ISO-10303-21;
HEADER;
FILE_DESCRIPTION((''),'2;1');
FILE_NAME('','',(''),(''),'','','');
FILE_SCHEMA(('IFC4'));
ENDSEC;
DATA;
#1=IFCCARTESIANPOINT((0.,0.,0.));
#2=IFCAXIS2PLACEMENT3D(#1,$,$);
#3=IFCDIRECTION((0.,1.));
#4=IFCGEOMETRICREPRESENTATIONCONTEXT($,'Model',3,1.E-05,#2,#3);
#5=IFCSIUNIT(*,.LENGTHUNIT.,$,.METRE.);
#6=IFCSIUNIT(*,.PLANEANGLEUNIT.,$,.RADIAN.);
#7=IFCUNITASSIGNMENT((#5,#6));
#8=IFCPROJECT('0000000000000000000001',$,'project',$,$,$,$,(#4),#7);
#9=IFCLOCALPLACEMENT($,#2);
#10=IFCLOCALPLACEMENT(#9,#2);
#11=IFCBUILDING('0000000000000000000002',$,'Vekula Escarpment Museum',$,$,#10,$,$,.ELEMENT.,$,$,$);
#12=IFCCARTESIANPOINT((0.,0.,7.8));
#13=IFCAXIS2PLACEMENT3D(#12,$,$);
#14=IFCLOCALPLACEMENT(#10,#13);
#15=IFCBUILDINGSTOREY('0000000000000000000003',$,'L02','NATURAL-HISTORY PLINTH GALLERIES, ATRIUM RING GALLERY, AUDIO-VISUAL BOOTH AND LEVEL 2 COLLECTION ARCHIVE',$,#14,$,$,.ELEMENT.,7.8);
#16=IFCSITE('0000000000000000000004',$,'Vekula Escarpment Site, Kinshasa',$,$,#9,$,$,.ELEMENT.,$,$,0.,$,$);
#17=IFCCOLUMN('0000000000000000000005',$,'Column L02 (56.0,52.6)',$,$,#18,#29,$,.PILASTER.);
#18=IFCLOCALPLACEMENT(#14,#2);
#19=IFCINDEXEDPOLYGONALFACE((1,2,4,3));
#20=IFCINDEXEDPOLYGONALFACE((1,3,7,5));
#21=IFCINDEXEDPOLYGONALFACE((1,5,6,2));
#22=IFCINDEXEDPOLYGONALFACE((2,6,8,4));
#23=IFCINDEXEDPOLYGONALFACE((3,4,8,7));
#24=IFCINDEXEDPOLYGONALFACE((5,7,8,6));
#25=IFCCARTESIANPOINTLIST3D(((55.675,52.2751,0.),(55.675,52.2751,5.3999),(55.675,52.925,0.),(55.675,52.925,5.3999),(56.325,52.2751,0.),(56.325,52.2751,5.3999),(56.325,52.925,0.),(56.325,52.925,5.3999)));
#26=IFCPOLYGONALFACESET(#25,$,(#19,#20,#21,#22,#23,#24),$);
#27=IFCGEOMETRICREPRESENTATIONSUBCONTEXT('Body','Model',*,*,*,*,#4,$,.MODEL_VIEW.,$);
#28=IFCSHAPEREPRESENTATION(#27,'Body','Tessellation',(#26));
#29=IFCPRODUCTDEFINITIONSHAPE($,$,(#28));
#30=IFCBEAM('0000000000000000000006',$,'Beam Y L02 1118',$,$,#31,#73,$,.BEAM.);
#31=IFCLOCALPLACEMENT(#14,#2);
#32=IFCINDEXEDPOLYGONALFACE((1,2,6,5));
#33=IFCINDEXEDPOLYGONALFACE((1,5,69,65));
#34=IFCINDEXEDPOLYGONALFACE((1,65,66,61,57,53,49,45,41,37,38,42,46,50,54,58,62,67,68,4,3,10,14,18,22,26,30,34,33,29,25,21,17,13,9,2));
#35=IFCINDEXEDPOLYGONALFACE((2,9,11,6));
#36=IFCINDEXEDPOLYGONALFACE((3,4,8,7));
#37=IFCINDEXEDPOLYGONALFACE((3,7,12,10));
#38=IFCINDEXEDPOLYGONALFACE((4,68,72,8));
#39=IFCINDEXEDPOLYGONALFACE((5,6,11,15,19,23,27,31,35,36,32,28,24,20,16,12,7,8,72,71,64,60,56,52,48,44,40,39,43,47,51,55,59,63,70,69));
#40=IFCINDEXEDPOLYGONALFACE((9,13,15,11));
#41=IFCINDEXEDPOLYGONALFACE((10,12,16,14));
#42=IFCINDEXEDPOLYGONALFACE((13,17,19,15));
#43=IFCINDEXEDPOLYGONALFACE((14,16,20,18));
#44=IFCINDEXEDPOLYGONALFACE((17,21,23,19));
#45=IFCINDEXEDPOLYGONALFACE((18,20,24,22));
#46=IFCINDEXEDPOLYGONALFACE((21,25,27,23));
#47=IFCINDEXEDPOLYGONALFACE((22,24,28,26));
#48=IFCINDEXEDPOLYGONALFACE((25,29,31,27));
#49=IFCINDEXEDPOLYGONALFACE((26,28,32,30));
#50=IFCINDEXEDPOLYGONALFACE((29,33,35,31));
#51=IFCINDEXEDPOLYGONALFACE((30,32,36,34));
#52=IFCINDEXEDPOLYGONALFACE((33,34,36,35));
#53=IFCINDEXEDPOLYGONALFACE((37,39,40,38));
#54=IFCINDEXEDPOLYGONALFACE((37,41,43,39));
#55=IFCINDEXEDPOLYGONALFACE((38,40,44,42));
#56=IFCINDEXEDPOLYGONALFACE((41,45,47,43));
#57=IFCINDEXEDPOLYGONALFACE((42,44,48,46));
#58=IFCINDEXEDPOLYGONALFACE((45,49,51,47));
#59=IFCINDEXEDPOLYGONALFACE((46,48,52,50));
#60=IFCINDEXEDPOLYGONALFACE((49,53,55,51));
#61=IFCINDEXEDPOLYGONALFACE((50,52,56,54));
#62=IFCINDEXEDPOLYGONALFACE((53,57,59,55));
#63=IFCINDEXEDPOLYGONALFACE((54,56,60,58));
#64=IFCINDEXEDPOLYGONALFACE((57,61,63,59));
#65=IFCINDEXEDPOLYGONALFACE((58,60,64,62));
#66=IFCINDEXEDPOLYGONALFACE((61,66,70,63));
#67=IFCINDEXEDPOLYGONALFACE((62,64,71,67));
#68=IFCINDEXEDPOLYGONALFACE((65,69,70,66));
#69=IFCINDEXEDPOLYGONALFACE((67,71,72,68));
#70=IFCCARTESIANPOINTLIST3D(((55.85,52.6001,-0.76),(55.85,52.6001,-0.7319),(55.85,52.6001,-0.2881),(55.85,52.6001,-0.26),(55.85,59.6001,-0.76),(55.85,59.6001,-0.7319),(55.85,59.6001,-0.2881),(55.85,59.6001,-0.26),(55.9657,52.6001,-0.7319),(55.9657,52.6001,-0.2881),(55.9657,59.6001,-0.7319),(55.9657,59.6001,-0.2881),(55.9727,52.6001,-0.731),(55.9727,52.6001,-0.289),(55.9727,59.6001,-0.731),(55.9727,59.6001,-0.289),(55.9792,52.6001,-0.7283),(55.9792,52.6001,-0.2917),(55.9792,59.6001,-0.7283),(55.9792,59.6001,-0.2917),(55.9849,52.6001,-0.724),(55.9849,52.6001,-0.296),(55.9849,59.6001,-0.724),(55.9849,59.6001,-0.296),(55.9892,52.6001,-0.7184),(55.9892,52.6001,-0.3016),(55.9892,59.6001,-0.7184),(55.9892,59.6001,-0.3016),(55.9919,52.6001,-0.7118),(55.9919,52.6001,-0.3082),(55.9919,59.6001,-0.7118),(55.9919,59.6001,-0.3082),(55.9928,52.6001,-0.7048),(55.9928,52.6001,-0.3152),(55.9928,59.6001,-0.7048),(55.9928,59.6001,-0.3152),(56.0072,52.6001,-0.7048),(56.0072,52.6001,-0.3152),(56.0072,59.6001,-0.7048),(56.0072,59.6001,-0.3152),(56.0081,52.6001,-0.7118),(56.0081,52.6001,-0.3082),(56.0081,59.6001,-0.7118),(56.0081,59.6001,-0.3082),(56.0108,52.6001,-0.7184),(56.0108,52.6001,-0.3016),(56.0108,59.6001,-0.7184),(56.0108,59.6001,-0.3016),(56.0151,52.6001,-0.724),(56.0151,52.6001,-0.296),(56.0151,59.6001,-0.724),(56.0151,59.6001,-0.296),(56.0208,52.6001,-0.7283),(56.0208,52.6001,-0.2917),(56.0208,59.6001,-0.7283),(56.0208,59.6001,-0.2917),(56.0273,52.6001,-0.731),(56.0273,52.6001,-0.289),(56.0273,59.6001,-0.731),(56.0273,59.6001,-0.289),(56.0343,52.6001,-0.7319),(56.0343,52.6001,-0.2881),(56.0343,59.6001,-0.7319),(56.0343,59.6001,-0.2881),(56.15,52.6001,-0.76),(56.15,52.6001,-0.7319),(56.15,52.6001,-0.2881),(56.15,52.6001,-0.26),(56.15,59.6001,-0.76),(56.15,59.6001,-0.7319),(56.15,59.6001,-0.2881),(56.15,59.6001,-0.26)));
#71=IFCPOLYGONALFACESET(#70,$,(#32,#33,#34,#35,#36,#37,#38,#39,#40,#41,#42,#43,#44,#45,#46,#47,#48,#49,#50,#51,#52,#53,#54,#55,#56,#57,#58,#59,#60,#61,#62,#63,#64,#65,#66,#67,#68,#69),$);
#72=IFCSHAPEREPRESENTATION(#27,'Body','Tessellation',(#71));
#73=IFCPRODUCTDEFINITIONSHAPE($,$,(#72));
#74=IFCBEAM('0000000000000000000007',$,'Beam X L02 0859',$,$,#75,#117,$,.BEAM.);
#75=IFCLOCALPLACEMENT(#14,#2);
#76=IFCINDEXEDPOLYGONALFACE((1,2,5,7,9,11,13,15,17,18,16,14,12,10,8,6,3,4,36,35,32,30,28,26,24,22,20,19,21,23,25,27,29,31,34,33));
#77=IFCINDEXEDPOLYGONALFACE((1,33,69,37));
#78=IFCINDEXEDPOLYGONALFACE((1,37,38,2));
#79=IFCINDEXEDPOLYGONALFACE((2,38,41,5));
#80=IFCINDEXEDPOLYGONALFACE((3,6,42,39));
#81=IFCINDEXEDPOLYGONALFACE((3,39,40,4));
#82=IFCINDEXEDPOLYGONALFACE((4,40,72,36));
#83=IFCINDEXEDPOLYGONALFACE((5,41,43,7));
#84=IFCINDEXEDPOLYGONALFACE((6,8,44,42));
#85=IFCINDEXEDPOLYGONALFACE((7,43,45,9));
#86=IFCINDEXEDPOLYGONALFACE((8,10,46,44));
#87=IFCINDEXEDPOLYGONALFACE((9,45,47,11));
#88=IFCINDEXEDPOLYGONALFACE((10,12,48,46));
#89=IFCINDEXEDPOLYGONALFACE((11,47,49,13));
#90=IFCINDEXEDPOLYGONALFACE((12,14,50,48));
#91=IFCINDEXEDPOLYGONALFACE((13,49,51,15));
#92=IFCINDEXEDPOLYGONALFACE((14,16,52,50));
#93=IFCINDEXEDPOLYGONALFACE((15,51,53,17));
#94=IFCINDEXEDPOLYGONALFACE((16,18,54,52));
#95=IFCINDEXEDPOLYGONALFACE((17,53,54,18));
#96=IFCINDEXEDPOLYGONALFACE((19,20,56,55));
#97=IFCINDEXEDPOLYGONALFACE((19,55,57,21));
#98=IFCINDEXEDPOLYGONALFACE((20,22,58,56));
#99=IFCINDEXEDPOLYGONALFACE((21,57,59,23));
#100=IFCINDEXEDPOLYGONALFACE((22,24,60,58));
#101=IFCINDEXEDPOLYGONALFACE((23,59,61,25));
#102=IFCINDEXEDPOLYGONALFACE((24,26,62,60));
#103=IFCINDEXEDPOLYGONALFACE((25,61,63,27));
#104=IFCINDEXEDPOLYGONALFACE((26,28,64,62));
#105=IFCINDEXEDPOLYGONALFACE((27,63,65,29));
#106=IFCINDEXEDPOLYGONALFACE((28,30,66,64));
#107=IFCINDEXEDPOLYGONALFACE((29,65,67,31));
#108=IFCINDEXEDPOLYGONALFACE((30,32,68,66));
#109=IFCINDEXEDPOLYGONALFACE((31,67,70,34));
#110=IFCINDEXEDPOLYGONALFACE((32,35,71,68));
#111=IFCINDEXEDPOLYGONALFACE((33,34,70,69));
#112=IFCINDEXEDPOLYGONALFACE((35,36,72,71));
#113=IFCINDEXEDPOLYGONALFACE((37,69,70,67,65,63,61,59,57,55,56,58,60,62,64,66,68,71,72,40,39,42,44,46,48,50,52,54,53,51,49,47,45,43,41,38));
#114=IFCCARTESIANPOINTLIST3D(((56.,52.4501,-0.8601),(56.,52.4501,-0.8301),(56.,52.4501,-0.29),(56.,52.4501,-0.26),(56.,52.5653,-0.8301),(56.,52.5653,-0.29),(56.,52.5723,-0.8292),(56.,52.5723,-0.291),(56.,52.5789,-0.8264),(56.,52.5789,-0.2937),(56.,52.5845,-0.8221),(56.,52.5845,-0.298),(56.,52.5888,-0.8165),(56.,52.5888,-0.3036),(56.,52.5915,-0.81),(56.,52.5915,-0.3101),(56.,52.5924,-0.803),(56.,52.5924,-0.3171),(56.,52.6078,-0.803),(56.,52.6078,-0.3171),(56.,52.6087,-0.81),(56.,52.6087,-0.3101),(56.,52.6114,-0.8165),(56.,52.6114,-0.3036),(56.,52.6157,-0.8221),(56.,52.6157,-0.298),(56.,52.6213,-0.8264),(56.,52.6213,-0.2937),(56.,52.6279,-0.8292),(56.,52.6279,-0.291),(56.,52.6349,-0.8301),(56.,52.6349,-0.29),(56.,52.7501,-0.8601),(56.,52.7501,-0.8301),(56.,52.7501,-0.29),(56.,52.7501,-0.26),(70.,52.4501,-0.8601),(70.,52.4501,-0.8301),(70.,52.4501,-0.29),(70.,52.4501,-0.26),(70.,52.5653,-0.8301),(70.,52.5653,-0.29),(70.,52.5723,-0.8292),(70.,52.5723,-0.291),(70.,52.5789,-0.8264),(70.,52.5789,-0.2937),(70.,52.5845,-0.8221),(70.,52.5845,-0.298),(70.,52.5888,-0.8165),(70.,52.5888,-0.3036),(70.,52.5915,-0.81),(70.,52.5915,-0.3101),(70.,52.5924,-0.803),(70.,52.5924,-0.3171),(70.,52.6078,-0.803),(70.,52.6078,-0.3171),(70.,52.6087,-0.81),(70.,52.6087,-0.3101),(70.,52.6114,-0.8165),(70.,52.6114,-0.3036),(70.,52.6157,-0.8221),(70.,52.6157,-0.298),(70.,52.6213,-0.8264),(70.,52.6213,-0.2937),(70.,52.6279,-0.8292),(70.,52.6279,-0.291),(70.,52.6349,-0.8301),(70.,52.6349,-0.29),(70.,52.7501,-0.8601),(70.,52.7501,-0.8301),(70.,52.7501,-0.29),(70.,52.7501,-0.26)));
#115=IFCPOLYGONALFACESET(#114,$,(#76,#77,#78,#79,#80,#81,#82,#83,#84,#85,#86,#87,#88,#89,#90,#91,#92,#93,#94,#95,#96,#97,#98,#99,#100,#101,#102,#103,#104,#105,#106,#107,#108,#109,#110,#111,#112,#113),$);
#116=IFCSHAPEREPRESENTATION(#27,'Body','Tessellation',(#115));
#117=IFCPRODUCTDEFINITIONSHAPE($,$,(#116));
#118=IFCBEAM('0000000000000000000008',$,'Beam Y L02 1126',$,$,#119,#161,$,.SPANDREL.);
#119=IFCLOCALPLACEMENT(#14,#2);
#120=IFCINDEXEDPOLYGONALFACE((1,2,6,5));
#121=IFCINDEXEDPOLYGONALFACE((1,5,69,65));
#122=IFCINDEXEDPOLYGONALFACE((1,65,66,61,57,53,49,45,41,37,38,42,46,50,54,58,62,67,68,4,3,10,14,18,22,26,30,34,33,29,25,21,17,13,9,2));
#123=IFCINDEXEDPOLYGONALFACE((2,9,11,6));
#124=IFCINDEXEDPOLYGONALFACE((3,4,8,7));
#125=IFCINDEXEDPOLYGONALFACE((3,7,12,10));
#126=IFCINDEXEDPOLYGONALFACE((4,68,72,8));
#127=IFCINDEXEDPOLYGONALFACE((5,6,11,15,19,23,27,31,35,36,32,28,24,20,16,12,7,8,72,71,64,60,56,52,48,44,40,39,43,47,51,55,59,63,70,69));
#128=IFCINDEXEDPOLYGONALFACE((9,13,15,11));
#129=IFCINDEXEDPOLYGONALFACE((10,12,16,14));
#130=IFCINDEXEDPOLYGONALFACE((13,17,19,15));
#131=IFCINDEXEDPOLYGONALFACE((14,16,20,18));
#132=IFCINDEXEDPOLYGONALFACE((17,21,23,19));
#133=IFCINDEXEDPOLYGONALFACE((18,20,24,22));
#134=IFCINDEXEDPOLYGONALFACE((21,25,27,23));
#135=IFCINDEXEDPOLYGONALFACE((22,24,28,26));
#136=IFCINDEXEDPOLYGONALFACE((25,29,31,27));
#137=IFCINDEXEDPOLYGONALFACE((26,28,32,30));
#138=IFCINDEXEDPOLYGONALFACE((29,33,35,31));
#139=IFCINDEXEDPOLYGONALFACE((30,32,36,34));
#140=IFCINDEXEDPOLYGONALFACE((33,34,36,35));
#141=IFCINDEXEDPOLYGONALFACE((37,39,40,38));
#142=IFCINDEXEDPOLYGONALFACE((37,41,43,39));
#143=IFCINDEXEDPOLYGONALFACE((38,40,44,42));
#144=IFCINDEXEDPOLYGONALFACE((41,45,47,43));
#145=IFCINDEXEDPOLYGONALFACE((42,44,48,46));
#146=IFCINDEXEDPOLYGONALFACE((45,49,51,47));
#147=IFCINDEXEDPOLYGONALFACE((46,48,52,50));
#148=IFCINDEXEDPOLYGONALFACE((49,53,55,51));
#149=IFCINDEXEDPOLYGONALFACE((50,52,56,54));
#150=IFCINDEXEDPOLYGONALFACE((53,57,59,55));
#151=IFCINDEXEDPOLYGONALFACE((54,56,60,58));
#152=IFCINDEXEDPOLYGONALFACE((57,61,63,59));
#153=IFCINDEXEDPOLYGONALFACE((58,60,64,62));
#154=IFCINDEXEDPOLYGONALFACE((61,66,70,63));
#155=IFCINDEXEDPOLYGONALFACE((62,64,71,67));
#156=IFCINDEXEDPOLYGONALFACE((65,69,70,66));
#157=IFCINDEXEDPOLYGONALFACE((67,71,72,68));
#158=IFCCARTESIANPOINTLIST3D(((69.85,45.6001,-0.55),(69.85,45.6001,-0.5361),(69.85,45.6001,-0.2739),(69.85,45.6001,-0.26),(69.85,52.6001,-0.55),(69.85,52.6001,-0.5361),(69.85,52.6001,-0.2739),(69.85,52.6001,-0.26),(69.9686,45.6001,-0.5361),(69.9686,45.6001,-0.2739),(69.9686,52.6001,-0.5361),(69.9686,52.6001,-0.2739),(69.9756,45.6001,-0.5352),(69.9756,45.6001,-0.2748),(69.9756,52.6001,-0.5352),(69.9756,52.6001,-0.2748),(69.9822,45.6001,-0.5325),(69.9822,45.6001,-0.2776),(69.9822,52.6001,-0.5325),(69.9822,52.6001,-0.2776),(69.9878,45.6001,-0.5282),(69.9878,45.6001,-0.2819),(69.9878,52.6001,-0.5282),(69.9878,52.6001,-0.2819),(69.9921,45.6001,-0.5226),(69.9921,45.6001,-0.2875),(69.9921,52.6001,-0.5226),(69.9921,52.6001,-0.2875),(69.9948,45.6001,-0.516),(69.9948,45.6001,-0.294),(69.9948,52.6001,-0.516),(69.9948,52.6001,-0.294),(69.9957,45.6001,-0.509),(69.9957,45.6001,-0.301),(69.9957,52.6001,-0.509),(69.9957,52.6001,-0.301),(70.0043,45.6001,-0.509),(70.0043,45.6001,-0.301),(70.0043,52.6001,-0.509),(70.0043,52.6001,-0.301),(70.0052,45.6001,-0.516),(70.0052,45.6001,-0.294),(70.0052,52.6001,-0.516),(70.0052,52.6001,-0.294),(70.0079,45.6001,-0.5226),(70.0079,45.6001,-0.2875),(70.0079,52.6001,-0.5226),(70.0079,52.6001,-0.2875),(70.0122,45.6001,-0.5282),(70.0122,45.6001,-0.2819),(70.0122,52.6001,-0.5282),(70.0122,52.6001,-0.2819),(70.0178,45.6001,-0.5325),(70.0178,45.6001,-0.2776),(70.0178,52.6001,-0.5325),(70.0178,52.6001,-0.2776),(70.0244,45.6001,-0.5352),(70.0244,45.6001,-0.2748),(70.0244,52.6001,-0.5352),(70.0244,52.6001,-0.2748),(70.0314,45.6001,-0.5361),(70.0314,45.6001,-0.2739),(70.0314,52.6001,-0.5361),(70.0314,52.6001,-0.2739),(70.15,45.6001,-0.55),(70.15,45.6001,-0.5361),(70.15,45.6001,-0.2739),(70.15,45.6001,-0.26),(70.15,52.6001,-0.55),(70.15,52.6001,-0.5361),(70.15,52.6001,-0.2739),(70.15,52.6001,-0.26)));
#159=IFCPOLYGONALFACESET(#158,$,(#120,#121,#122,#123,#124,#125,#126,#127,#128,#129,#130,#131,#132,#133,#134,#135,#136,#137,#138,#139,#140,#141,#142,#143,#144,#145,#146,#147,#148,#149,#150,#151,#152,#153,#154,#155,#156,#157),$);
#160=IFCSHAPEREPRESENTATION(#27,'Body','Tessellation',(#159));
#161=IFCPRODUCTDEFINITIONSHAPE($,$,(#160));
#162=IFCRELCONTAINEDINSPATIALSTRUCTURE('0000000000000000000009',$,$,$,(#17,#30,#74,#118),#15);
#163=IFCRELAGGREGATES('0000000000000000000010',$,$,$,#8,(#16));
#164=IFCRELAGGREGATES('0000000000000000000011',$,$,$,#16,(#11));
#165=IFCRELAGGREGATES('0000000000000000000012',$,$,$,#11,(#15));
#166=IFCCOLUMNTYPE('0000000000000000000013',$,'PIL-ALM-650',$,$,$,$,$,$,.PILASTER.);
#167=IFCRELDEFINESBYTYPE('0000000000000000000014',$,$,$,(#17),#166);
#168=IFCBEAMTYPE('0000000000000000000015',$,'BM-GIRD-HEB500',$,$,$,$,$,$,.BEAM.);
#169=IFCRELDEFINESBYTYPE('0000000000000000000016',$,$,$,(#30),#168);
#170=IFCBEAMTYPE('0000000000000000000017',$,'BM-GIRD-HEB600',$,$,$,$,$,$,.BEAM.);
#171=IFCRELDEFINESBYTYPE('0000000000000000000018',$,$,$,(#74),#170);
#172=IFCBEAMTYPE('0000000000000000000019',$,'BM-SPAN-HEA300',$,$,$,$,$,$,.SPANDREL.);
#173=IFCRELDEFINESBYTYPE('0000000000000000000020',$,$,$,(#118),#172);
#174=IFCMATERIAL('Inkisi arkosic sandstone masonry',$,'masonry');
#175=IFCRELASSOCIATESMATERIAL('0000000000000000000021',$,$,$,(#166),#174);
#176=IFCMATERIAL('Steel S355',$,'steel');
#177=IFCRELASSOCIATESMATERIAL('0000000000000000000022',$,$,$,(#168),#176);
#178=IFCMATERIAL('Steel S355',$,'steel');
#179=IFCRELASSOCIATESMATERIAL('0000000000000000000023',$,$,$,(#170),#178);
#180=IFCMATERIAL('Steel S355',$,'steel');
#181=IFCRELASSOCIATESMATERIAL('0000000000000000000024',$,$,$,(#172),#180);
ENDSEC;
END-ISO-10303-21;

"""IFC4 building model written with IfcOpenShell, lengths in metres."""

from ifc_helpers import new_model, si_unit, direction, frame, origin, origin_2d, place, context, subcontext, project, spatial, rectangle, i_section, extrude, material, material_profile, profile_set, type_object, element, save


model = new_model("IFC4")

# Units and contexts
model_context = context("Model", 3, precision=1e-05, world=origin(), true_north=direction((0.0, 1.0)))
body_context = subcontext(model_context, "Body", "Model", "MODEL_VIEW")
ifc_project = project(units=[si_unit("LENGTHUNIT", "METRE"), si_unit("PLANEANGLEUNIT", "RADIAN")], contexts=[model_context])

# Site, building, storey
site_placement = place(None, origin())
site = spatial("IfcSite", under=ifc_project, at=site_placement, Name="Vekula Escarpment Site, Kinshasa", CompositionType="ELEMENT", RefElevation=0.0)
building_placement = place(site_placement, origin())
building = spatial("IfcBuilding", under=site, at=building_placement, Name="Vekula Escarpment Museum", CompositionType="ELEMENT")
storey_placement = place(building_placement, frame((0.0, 0.0, 7.8)))
storey = spatial("IfcBuildingStorey", under=building, at=storey_placement, Name="L02", Description="NATURAL-HISTORY PLINTH GALLERIES, ATRIUM RING GALLERY, AUDIO-VISUAL BOOTH AND LEVEL 2 COLLECTION ARCHIVE", CompositionType="ELEMENT", Elevation=7.8)

# Column
ifc_material_1 = material(Name="Inkisi arkosic sandstone masonry", Category="masonry")
ifc_material_profile_1 = material_profile(ifc_material_1, rectangle(XDim=0.6499, YDim=0.6499, at=origin_2d()), Name="PIER 650x650")
ifc_profile_set_1 = profile_set([ifc_material_profile_1], Name="Inkisi arkosic sandstone masonry")
column_type = type_object("IfcColumnType", Name="PIL-ALM-650", PredefinedType="PILASTER", material=ifc_profile_set_1)
column_placement = place(storey_placement, frame((56.0, 52.6001, 0.0), z_axis=(0.0, 0.0, 1.0), x_axis=(1.0, 0.0, 0.0)))
element("IfcColumn", 1, at=column_placement, inside=storey, type_object=column_type, Name="Column L02 (56.0,52.6)", PredefinedType="PILASTER", context=body_context, shape_type="SweptSolid", body=[
    extrude(rectangle(XDim=0.6499, YDim=0.6499, at=origin_2d()), origin(), (0.0, 0.0, 1.0), 5.3999),
])

# Beams
ifc_material_2 = material(Name="Steel S355", Category="steel")
ifc_material_profile_2 = material_profile(ifc_material_2, i_section(OverallWidth=0.3, OverallDepth=0.5, WebThickness=0.0144, FlangeThickness=0.0281, FilletRadius=0.0271, at=origin_2d()), Name="HEB 500")
ifc_profile_set_2 = profile_set([ifc_material_profile_2], Name="Steel S355")
beam_type_1 = type_object("IfcBeamType", Name="BM-GIRD-HEB500", PredefinedType="BEAM", material=ifc_profile_set_2)
beam_1_placement = place(storey_placement, frame((56.0, 52.6001, -0.51), z_axis=(0.0, 1.0, 0.0), x_axis=(-1.0, 0.0, 0.0)))
element("IfcBeam", 2, at=beam_1_placement, inside=storey, type_object=beam_type_1, Name="Beam Y L02 1118", PredefinedType="BEAM", context=body_context, shape_type="SweptSolid", body=[
    extrude(i_section(OverallWidth=0.3, OverallDepth=0.5, WebThickness=0.0144, FlangeThickness=0.0281, FilletRadius=0.0271, at=origin_2d()), origin(), (0.0, 0.0, 1.0), 7.0),
])
ifc_material_3 = material(Name="Steel S355", Category="steel")
ifc_material_profile_3 = material_profile(ifc_material_3, i_section(OverallWidth=0.3, OverallDepth=0.6001, WebThickness=0.0154, FlangeThickness=0.03, FilletRadius=0.0271, at=origin_2d()), Name="HEB 600")
ifc_profile_set_3 = profile_set([ifc_material_profile_3], Name="Steel S355")
beam_type_2 = type_object("IfcBeamType", Name="BM-GIRD-HEB600", PredefinedType="BEAM", material=ifc_profile_set_3)
beam_2_placement = place(storey_placement, frame((56.0, 52.6001, -0.5601), z_axis=(1.0, 0.0, 0.0), x_axis=(0.0, 1.0, 0.0)))
element("IfcBeam", 3, at=beam_2_placement, inside=storey, type_object=beam_type_2, Name="Beam X L02 0859", PredefinedType="BEAM", context=body_context, shape_type="SweptSolid", body=[
    extrude(i_section(OverallWidth=0.3, OverallDepth=0.6001, WebThickness=0.0154, FlangeThickness=0.03, FilletRadius=0.0271, at=origin_2d()), origin(), (0.0, 0.0, 1.0), 14.0),
])
ifc_material_4 = material(Name="Steel S355", Category="steel")
ifc_material_profile_4 = material_profile(ifc_material_4, i_section(OverallWidth=0.3, OverallDepth=0.29, WebThickness=0.0085, FlangeThickness=0.0139, FilletRadius=0.0271, at=origin_2d()), Name="HEA 300")
ifc_profile_set_4 = profile_set([ifc_material_profile_4], Name="Steel S355")
beam_type_3 = type_object("IfcBeamType", Name="BM-SPAN-HEA300", PredefinedType="SPANDREL", material=ifc_profile_set_4)
beam_3_placement = place(storey_placement, frame((70.0, 45.6001, -0.405), z_axis=(0.0, 1.0, 0.0), x_axis=(-1.0, 0.0, 0.0)))
element("IfcBeam", 4, at=beam_3_placement, inside=storey, type_object=beam_type_3, Name="Beam Y L02 1126", PredefinedType="SPANDREL", context=body_context, shape_type="SweptSolid", body=[
    extrude(i_section(OverallWidth=0.3, OverallDepth=0.29, WebThickness=0.0085, FlangeThickness=0.0139, FilletRadius=0.0271, at=origin_2d()), origin(), (0.0, 0.0, 1.0), 7.0),
])

save(model, "model.ifc")
